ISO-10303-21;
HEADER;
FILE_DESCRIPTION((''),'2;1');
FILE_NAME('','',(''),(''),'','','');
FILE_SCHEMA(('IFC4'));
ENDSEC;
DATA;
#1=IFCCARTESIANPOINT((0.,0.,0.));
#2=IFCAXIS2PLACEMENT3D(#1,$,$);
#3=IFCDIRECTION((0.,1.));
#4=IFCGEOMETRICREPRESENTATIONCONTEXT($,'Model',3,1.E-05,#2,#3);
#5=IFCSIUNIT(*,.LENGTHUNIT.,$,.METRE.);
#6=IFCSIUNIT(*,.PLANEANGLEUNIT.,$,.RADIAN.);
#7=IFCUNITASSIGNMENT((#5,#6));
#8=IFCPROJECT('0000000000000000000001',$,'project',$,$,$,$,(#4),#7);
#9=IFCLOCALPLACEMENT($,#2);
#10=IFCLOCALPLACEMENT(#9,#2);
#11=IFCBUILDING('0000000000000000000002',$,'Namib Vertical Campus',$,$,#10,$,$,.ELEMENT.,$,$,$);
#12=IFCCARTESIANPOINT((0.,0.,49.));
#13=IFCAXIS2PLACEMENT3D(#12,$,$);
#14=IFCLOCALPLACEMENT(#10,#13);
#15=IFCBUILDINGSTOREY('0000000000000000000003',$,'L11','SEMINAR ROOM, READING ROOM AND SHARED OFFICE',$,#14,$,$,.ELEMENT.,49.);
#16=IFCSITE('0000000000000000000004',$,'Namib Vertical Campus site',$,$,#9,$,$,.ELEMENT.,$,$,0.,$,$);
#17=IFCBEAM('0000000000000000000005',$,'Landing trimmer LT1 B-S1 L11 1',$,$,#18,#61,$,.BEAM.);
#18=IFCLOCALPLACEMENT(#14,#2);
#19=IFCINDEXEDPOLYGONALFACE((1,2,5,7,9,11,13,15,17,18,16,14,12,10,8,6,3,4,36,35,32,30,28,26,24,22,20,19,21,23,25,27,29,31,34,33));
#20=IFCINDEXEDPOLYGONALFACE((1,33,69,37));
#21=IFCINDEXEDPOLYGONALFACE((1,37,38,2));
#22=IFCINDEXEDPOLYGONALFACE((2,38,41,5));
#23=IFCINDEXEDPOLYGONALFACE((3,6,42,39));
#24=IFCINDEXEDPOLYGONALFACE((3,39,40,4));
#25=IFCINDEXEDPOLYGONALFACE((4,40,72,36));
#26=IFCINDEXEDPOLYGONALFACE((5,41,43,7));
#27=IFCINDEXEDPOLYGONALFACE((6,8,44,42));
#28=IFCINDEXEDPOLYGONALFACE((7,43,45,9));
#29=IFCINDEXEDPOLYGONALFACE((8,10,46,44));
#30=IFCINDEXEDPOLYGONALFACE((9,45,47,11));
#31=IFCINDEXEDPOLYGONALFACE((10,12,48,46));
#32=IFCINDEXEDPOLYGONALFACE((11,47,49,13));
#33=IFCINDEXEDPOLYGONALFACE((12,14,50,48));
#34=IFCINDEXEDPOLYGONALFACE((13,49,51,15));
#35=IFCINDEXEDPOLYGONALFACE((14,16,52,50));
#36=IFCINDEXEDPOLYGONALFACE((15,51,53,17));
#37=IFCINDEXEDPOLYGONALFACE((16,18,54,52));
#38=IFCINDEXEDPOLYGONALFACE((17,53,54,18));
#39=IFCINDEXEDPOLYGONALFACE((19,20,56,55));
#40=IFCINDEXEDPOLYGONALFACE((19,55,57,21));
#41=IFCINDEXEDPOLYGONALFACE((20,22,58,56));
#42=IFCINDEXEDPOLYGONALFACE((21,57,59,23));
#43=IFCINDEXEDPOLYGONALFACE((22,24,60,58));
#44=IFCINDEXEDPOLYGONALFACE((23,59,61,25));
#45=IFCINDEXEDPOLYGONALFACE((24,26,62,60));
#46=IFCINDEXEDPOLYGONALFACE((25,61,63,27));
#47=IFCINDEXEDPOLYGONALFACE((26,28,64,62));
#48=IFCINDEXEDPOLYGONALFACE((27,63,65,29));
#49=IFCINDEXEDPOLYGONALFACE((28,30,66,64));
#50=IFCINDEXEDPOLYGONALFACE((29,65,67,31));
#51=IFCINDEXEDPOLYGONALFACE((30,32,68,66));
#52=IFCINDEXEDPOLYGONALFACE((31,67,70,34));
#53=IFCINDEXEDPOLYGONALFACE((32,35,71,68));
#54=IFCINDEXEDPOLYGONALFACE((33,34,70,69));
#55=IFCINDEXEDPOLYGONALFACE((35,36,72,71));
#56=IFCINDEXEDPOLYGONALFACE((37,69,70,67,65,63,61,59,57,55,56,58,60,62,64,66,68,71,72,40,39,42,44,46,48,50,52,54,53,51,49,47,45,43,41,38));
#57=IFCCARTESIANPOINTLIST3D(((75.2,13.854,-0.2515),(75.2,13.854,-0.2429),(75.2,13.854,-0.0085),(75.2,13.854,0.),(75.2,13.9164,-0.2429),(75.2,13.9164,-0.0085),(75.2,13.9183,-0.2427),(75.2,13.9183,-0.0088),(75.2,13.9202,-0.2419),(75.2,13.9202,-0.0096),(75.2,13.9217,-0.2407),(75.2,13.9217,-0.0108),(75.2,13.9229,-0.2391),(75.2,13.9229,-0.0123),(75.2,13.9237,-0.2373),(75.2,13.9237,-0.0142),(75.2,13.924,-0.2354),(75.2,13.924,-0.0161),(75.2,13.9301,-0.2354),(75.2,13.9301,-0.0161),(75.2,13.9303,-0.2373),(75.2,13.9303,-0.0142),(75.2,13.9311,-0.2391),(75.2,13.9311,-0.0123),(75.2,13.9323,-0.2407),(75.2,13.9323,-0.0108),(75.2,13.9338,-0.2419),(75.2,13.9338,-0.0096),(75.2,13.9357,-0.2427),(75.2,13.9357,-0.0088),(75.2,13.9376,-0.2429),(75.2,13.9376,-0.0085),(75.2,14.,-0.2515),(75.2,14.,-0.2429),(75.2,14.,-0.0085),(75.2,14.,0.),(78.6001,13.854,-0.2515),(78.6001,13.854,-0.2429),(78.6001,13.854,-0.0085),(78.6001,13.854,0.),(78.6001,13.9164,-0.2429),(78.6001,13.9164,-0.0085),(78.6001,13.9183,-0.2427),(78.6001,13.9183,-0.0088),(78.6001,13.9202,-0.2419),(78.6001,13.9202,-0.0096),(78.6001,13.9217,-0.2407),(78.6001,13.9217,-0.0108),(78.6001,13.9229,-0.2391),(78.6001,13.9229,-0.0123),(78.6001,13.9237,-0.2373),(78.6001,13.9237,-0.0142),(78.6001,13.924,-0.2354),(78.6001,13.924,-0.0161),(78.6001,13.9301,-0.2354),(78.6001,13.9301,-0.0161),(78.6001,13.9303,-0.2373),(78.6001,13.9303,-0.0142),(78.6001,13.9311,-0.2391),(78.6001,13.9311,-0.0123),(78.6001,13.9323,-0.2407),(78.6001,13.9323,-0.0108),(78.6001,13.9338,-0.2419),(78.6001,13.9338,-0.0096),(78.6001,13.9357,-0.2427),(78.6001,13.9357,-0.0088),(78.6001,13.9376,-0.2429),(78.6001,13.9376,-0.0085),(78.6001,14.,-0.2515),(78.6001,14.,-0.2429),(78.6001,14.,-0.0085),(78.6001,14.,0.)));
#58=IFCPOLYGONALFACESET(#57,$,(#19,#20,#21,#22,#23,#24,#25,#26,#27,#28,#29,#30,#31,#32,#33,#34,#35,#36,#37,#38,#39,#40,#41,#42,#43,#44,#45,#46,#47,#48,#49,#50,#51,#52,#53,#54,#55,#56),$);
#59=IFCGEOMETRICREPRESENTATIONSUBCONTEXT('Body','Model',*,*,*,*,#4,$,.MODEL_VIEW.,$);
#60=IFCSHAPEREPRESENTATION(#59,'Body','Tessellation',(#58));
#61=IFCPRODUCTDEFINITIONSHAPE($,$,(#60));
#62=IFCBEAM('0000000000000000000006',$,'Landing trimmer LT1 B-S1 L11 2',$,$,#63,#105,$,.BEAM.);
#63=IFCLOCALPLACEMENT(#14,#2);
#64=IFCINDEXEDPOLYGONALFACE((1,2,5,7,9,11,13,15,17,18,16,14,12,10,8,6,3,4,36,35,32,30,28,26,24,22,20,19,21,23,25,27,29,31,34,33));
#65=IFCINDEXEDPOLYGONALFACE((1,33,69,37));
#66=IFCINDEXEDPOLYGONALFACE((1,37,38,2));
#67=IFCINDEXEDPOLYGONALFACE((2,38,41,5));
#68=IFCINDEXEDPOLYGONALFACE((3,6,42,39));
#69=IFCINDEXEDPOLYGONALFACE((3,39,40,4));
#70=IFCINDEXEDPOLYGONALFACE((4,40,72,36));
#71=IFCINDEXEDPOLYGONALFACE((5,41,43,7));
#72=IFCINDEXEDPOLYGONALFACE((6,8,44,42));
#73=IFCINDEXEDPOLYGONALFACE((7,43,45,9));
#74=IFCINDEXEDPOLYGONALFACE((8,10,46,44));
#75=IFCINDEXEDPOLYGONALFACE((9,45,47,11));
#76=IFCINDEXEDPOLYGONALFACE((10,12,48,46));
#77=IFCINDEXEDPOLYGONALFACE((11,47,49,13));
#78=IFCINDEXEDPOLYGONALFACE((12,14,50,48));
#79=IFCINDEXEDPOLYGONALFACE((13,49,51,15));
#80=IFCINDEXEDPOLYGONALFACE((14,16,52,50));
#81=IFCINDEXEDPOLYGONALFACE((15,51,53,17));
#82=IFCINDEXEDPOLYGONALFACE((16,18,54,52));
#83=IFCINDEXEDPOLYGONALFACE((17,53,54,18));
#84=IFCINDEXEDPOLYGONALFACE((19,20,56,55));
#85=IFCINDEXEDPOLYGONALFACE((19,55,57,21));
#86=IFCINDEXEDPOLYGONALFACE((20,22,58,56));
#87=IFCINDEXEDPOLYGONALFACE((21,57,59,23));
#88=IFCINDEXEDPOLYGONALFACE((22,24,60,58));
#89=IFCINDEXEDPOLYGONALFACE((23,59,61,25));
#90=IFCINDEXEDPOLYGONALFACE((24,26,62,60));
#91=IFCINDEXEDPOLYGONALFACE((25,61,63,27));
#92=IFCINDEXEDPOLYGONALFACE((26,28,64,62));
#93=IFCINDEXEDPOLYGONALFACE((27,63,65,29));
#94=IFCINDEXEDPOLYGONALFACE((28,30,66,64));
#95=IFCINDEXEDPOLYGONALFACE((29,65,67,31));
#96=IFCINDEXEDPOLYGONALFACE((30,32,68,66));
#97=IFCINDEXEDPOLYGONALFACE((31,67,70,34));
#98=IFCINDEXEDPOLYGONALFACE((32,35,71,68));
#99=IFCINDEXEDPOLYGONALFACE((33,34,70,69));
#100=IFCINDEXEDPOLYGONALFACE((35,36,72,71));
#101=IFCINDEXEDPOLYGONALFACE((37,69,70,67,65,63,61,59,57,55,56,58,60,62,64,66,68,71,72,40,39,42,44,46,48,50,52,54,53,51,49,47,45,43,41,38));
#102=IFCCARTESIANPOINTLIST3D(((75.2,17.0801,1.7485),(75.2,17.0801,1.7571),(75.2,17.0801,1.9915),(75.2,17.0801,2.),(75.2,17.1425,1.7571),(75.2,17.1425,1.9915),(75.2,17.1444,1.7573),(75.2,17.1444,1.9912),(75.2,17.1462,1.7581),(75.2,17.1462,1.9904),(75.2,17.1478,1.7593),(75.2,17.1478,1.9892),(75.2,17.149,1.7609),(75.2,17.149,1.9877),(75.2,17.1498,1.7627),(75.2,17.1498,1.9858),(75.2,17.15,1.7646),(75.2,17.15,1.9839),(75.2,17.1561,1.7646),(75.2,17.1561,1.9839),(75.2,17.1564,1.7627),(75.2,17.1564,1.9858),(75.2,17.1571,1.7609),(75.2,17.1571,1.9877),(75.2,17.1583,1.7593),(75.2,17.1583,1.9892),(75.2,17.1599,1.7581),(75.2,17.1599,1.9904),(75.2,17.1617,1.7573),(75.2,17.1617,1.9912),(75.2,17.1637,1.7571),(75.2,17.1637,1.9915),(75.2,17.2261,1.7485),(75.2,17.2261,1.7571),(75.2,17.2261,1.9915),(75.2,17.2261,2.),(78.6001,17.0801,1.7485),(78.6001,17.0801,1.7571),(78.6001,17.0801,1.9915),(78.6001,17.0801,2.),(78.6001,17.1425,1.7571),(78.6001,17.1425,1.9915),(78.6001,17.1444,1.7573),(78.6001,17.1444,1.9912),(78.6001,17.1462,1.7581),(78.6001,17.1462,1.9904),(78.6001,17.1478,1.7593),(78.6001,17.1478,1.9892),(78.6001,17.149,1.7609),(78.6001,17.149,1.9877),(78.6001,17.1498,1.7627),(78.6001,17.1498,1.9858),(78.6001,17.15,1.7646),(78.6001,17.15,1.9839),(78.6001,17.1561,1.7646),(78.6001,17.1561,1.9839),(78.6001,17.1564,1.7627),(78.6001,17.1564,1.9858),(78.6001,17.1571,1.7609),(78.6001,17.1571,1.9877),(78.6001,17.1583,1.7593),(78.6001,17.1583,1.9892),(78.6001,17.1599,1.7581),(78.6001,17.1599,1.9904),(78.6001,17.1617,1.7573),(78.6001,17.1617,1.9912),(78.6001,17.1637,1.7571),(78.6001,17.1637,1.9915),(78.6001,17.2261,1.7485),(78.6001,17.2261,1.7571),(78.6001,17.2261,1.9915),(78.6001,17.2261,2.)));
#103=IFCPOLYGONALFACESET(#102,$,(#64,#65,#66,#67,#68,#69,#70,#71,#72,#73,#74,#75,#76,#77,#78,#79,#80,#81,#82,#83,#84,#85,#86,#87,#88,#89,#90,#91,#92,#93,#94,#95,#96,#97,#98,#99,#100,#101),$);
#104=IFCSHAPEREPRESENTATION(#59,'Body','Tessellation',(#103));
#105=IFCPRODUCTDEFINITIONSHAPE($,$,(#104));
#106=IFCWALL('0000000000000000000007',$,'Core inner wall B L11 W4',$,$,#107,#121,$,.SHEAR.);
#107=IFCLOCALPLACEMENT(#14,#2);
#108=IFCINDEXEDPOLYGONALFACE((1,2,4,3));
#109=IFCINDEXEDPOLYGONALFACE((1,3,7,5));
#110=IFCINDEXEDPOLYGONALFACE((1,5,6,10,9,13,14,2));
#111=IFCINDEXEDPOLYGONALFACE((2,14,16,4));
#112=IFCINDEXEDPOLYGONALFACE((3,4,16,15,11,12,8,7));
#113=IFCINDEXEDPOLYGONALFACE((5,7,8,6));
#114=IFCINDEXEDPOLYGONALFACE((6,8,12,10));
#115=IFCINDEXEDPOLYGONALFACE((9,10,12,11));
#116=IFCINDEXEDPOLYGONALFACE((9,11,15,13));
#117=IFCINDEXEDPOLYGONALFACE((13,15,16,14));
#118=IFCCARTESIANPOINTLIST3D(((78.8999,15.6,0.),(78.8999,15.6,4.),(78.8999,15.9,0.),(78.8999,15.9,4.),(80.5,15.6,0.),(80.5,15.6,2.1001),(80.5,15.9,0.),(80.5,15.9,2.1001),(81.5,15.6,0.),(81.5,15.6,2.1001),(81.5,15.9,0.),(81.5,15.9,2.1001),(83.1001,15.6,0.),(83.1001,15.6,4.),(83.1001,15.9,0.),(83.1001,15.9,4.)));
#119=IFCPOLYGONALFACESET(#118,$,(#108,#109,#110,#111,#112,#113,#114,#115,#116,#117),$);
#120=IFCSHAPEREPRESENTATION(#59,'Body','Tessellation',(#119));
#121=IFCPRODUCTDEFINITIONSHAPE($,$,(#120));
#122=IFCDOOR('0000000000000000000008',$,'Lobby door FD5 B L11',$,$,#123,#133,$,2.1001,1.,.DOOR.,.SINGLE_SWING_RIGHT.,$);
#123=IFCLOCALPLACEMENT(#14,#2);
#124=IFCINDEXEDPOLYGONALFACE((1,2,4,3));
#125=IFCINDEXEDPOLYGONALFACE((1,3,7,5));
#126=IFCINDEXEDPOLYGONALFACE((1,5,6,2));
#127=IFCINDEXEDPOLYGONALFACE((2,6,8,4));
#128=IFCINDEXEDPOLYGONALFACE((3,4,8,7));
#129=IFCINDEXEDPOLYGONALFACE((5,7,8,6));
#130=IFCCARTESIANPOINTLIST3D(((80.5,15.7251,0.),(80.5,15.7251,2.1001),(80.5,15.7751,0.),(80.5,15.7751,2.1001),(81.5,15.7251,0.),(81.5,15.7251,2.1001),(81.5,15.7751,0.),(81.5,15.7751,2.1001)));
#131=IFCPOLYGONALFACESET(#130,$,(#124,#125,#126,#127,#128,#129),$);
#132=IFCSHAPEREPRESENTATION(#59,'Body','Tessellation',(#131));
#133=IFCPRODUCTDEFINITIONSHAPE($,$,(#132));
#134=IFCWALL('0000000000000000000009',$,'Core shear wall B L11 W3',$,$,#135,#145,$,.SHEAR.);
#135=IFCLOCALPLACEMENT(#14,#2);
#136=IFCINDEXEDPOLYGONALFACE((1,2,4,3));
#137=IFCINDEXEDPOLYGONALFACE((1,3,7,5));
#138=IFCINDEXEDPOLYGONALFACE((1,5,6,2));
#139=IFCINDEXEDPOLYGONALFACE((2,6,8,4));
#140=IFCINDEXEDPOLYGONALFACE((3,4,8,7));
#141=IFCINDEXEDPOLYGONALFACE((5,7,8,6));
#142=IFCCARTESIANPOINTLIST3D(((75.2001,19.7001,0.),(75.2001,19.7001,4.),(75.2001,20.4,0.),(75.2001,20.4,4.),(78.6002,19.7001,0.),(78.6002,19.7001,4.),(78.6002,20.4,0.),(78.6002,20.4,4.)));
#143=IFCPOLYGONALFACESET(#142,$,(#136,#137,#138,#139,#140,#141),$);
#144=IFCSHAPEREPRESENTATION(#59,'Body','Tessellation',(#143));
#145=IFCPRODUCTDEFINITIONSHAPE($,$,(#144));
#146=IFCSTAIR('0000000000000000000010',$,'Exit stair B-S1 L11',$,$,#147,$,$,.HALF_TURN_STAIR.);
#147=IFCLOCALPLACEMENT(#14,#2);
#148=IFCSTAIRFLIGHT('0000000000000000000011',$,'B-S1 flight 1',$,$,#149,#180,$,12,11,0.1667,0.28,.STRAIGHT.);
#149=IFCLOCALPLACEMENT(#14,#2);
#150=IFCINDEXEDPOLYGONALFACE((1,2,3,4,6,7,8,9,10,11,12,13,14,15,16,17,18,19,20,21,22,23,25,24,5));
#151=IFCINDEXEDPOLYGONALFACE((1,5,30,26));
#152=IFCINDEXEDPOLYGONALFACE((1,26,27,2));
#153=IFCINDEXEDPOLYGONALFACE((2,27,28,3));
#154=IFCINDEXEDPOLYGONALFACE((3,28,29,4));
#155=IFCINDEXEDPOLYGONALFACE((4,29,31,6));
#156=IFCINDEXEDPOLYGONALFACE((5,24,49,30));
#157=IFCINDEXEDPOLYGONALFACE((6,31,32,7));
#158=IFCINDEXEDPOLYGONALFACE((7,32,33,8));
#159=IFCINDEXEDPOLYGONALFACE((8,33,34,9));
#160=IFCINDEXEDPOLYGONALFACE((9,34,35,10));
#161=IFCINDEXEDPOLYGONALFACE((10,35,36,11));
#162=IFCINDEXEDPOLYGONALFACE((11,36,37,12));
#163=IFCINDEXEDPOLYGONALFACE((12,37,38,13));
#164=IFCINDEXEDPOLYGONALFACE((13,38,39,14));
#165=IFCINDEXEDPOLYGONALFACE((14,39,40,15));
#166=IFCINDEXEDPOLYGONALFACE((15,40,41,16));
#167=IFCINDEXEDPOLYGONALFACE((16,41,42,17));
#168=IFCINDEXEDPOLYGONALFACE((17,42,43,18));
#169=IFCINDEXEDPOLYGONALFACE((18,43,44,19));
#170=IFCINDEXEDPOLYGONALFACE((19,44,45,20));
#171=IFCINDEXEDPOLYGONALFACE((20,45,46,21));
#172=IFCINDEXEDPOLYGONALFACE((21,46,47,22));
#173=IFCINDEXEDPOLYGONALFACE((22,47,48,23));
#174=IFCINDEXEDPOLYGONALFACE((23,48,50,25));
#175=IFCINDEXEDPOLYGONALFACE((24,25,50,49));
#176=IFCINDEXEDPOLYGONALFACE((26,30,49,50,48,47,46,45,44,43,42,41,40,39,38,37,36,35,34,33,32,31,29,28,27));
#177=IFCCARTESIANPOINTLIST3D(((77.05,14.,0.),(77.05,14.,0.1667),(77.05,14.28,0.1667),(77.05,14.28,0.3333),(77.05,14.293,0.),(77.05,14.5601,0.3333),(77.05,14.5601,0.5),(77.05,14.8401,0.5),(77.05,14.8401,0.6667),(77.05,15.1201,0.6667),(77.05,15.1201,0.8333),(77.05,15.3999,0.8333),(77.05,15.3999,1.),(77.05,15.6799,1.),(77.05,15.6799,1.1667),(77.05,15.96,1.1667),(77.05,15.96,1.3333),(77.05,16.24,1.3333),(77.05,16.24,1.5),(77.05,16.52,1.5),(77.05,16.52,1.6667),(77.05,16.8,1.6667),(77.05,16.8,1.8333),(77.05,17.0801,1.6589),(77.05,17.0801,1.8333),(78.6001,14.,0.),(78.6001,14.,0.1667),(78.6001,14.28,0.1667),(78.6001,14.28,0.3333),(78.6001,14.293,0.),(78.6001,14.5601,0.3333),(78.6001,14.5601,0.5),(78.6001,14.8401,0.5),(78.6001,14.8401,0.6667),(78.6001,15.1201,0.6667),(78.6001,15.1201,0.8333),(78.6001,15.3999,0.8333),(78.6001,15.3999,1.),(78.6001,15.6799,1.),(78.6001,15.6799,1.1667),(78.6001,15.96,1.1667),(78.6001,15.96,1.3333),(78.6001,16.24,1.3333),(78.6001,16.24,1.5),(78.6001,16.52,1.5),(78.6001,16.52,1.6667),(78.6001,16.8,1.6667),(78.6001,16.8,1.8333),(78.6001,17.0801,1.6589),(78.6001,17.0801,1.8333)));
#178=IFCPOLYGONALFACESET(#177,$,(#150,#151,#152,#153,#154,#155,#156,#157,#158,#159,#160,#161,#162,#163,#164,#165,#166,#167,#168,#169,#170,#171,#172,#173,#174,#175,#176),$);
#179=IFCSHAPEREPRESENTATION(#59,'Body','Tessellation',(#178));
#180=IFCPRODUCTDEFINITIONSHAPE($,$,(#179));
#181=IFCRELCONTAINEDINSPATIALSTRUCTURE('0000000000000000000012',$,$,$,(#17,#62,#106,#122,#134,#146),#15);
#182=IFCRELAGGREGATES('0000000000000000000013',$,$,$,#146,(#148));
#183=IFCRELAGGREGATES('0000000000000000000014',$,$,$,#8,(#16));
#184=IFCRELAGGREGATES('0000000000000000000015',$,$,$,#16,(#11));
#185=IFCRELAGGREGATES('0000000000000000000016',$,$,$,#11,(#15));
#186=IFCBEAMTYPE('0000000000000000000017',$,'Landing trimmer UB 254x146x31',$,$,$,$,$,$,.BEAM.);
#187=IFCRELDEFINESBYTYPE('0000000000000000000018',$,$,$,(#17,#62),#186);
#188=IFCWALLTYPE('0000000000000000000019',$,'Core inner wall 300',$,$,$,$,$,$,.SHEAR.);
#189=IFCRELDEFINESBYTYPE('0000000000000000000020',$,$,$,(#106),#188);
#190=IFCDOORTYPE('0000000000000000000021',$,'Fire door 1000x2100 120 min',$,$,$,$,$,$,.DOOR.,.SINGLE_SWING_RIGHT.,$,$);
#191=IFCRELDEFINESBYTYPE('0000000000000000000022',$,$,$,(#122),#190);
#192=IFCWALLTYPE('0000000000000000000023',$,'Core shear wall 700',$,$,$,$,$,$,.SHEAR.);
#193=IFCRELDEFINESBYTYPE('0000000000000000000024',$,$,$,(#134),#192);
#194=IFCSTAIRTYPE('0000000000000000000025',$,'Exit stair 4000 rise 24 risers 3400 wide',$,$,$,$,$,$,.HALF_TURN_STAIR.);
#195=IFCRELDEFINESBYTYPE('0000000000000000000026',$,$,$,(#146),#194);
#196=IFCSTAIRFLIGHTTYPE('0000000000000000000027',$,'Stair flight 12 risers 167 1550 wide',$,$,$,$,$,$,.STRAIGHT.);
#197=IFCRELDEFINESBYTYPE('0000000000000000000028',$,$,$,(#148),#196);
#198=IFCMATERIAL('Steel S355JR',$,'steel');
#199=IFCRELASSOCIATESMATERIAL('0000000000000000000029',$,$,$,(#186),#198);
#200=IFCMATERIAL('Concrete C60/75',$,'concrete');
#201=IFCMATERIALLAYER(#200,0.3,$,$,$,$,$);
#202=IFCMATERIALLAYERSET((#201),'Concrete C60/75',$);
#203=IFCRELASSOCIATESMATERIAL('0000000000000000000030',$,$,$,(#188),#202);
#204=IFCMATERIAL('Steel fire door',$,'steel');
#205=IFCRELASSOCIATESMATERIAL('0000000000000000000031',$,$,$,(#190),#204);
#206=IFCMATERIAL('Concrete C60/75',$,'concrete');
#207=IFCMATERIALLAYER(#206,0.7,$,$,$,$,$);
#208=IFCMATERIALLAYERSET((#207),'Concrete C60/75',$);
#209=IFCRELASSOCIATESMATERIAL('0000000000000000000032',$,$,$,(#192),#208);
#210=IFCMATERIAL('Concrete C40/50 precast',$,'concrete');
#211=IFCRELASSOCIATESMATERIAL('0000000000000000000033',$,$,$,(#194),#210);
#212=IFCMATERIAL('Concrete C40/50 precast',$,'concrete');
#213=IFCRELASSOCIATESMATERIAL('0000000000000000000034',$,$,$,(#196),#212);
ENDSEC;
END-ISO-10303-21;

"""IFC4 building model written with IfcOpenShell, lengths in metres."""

from ifc_helpers import new_model, si_unit, direction, frame, frame_2d, origin, origin_2d, place, context, subcontext, project, spatial, polyline, rectangle, i_section, outline, extrude, material, layer, layer_set, material_profile, profile_set, type_object, element, fill, aggregate, save


model = new_model("IFC4")

# Units and contexts
model_context = context("Model", 3, precision=1e-05, world=origin(), true_north=direction((0.0, 1.0)))
body_context = subcontext(model_context, "Body", "Model", "MODEL_VIEW")
ifc_project = project(units=[si_unit("LENGTHUNIT", "METRE"), si_unit("PLANEANGLEUNIT", "RADIAN")], contexts=[model_context])

# Site, building, storey
site_placement = place(None, origin())
site = spatial("IfcSite", under=ifc_project, at=site_placement, Name="Namib Vertical Campus site", CompositionType="ELEMENT", RefElevation=0.0)
building_placement = place(site_placement, origin())
building = spatial("IfcBuilding", under=site, at=building_placement, Name="Namib Vertical Campus", CompositionType="ELEMENT")
storey_placement = place(building_placement, frame((0.0, 0.0, 49.0)))
storey = spatial("IfcBuildingStorey", under=building, at=storey_placement, Name="L11", Description="SEMINAR ROOM, READING ROOM AND SHARED OFFICE", CompositionType="ELEMENT", Elevation=49.0)

# Beams
ifc_material_1 = material(Name="Steel S355JR", Category="steel")
ifc_material_profile = material_profile(ifc_material_1, i_section(OverallWidth=0.146, OverallDepth=0.2515, WebThickness=0.0061, FlangeThickness=0.0085, FilletRadius=0.0076, at=origin_2d()))
ifc_profile_set = profile_set([ifc_material_profile], Name="Steel S355JR")
beam_type = type_object("IfcBeamType", Name="Landing trimmer UB 254x146x31", PredefinedType="BEAM", material=ifc_profile_set)
for number, where, z_axis, x_axis, name in (
    (1, (75.2, 13.927, -0.1257), (1.0, 0.0, 0.0), (0.0, 1.0, 0.0), "Landing trimmer LT1 B-S1 L11 1"),
    (2, (75.2, 17.1531, 1.8743), (1.0, 0.0, 0.0), (0.0, 1.0, 0.0), "Landing trimmer LT1 B-S1 L11 2"),
):
    element("IfcBeam", number, at=place(storey_placement, frame(where, z_axis=z_axis, x_axis=x_axis)), inside=storey, type_object=beam_type, Name=name, PredefinedType="BEAM", context=body_context, shape_type="SweptSolid", body=[
        extrude(i_section(OverallWidth=0.146, OverallDepth=0.2515, WebThickness=0.0061, FlangeThickness=0.0085, FilletRadius=0.0076, at=origin_2d()), origin(), (0.0, 0.0, 1.0), 3.4001),
    ])

# Wall, opening, door
ifc_material_2 = material(Name="Concrete C60/75", Category="concrete")
ifc_layer_1 = layer(ifc_material_2, 0.3)
ifc_layer_set_1 = layer_set([ifc_layer_1], Name="Concrete C60/75")
wall_type_1 = type_object("IfcWallType", Name="Core inner wall 300", PredefinedType="SHEAR", material=ifc_layer_set_1)
wall_1_placement = place(storey_placement, frame((78.8999, 15.75, 0.0), z_axis=(0.0, 0.0, 1.0), x_axis=(1.0, 0.0, 0.0)))
wall_1 = element("IfcWall", 3, at=wall_1_placement, inside=storey, type_object=wall_type_1, Name="Core inner wall B L11 W4", PredefinedType="SHEAR", context=body_context, shape_type="SweptSolid", body=[
    extrude(rectangle(XDim=4.2002, YDim=0.3, at=frame_2d((2.1001, 0.0))), origin(), (0.0, 0.0, 1.0), 4.0),
])
opening_placement = place(wall_1_placement, frame((1.6001, 0.0, 0.0)))
opening = element("IfcOpeningElement", 4, at=opening_placement, cuts=wall_1, PredefinedType="OPENING", context=body_context, shape_type="SweptSolid", body=[
    extrude(rectangle(XDim=1.0, YDim=2.1001, at=frame_2d((0.5, 1.05))), frame((0.0, 0.1599, 0.0), z_axis=(0.0, -1.0, 0.0), x_axis=(1.0, 0.0, 0.0)), (0.0, 0.0, 1.0), 0.3201),
])
ifc_material_3 = material(Name="Steel fire door", Category="steel")
door_type = type_object("IfcDoorType", Name="Fire door 1000x2100 120 min", OperationType="SINGLE_SWING_RIGHT", PredefinedType="DOOR", material=ifc_material_3)
door_placement = place(opening_placement, frame((1.0, 0.0, 0.0), z_axis=(0.0, 0.0, 1.0), x_axis=(-1.0, 0.0, 0.0)))
door = element("IfcDoor", 5, at=door_placement, inside=storey, type_object=door_type, Name="Lobby door FD5 B L11", OperationType="SINGLE_SWING_RIGHT", OverallHeight=2.1001, OverallWidth=1.0, PredefinedType="DOOR", context=body_context, shape_type="SweptSolid", body=[
    extrude(rectangle(XDim=1.0, YDim=2.1001, at=frame_2d((0.5, 1.05))), frame((0.0, 0.0249, 0.0), z_axis=(0.0, -1.0, 0.0), x_axis=(1.0, 0.0, 0.0)), (0.0, 0.0, 1.0), 0.05),
])
fill(opening, door)

# Wall
ifc_material_4 = material(Name="Concrete C60/75", Category="concrete")
ifc_layer_2 = layer(ifc_material_4, 0.7)
ifc_layer_set_2 = layer_set([ifc_layer_2], Name="Concrete C60/75")
wall_type_2 = type_object("IfcWallType", Name="Core shear wall 700", PredefinedType="SHEAR", material=ifc_layer_set_2)
wall_2_placement = place(storey_placement, frame((75.2, 20.05, 0.0), z_axis=(0.0, 0.0, 1.0), x_axis=(1.0, 0.0, 0.0)))
element("IfcWall", 6, at=wall_2_placement, inside=storey, type_object=wall_type_2, Name="Core shear wall B L11 W3", PredefinedType="SHEAR", context=body_context, shape_type="SweptSolid", body=[
    extrude(rectangle(XDim=3.4001, YDim=0.7, at=frame_2d((1.7002, 0.0))), origin(), (0.0, 0.0, 1.0), 4.0),
])

# Stair, stair flight
ifc_material_5 = material(Name="Concrete C40/50 precast", Category="concrete")
stair_type = type_object("IfcStairType", Name="Exit stair 4000 rise 24 risers 3400 wide", PredefinedType="HALF_TURN_STAIR", material=ifc_material_5)
stair_placement = place(storey_placement, origin())
stair = element("IfcStair", 7, at=stair_placement, inside=storey, type_object=stair_type, Name="Exit stair B-S1 L11", PredefinedType="HALF_TURN_STAIR")
ifc_material_6 = material(Name="Concrete C40/50 precast", Category="concrete")
stair_flight_type = type_object("IfcStairFlightType", Name="Stair flight 12 risers 167 1550 wide", PredefinedType="STRAIGHT", material=ifc_material_6)
stair_flight_1_placement = place(storey_placement, frame((77.825, 14.0, 0.0), z_axis=(0.0, 0.0, 1.0), x_axis=(0.0, 1.0, 0.0)))
stair_flight_1 = element("IfcStairFlight", 8, at=stair_flight_1_placement, type_object=stair_flight_type, Name="B-S1 flight 1", NumberOfRisers=12, NumberOfTreads=11, PredefinedType="STRAIGHT", RiserHeight=0.1667, TreadLength=0.28, context=body_context, shape_type="SweptSolid", body=[
    extrude(outline(polyline([(0.0, 0.0), (0.0, 0.1667), (0.28, 0.1667), (0.28, 0.3333), (0.5601, 0.3333), (0.5601, 0.5), (0.8401, 0.5), (0.8401, 0.6667), (1.1201, 0.6667), (1.1201, 0.8333), (1.3999, 0.8333), (1.3999, 1.0), (1.6799, 1.0), (1.6799, 1.1667), (1.96, 1.1667), (1.96, 1.3333), (2.24, 1.3333), (2.24, 1.5), (2.52, 1.5), (2.52, 1.6667), (2.8, 1.6667), (2.8, 1.8333), (3.0801, 1.8333), (3.0801, 2.0), (3.0801, 1.6589), (0.293, 0.0), (0.0, 0.0)])), frame((0.0, 0.7749, 0.0), z_axis=(0.0, -1.0, 0.0), x_axis=(1.0, 0.0, 0.0)), (0.0, 0.0, 1.0), 1.55),
])
aggregate(stair, [stair_flight_1])

save(model, "model.ifc")
